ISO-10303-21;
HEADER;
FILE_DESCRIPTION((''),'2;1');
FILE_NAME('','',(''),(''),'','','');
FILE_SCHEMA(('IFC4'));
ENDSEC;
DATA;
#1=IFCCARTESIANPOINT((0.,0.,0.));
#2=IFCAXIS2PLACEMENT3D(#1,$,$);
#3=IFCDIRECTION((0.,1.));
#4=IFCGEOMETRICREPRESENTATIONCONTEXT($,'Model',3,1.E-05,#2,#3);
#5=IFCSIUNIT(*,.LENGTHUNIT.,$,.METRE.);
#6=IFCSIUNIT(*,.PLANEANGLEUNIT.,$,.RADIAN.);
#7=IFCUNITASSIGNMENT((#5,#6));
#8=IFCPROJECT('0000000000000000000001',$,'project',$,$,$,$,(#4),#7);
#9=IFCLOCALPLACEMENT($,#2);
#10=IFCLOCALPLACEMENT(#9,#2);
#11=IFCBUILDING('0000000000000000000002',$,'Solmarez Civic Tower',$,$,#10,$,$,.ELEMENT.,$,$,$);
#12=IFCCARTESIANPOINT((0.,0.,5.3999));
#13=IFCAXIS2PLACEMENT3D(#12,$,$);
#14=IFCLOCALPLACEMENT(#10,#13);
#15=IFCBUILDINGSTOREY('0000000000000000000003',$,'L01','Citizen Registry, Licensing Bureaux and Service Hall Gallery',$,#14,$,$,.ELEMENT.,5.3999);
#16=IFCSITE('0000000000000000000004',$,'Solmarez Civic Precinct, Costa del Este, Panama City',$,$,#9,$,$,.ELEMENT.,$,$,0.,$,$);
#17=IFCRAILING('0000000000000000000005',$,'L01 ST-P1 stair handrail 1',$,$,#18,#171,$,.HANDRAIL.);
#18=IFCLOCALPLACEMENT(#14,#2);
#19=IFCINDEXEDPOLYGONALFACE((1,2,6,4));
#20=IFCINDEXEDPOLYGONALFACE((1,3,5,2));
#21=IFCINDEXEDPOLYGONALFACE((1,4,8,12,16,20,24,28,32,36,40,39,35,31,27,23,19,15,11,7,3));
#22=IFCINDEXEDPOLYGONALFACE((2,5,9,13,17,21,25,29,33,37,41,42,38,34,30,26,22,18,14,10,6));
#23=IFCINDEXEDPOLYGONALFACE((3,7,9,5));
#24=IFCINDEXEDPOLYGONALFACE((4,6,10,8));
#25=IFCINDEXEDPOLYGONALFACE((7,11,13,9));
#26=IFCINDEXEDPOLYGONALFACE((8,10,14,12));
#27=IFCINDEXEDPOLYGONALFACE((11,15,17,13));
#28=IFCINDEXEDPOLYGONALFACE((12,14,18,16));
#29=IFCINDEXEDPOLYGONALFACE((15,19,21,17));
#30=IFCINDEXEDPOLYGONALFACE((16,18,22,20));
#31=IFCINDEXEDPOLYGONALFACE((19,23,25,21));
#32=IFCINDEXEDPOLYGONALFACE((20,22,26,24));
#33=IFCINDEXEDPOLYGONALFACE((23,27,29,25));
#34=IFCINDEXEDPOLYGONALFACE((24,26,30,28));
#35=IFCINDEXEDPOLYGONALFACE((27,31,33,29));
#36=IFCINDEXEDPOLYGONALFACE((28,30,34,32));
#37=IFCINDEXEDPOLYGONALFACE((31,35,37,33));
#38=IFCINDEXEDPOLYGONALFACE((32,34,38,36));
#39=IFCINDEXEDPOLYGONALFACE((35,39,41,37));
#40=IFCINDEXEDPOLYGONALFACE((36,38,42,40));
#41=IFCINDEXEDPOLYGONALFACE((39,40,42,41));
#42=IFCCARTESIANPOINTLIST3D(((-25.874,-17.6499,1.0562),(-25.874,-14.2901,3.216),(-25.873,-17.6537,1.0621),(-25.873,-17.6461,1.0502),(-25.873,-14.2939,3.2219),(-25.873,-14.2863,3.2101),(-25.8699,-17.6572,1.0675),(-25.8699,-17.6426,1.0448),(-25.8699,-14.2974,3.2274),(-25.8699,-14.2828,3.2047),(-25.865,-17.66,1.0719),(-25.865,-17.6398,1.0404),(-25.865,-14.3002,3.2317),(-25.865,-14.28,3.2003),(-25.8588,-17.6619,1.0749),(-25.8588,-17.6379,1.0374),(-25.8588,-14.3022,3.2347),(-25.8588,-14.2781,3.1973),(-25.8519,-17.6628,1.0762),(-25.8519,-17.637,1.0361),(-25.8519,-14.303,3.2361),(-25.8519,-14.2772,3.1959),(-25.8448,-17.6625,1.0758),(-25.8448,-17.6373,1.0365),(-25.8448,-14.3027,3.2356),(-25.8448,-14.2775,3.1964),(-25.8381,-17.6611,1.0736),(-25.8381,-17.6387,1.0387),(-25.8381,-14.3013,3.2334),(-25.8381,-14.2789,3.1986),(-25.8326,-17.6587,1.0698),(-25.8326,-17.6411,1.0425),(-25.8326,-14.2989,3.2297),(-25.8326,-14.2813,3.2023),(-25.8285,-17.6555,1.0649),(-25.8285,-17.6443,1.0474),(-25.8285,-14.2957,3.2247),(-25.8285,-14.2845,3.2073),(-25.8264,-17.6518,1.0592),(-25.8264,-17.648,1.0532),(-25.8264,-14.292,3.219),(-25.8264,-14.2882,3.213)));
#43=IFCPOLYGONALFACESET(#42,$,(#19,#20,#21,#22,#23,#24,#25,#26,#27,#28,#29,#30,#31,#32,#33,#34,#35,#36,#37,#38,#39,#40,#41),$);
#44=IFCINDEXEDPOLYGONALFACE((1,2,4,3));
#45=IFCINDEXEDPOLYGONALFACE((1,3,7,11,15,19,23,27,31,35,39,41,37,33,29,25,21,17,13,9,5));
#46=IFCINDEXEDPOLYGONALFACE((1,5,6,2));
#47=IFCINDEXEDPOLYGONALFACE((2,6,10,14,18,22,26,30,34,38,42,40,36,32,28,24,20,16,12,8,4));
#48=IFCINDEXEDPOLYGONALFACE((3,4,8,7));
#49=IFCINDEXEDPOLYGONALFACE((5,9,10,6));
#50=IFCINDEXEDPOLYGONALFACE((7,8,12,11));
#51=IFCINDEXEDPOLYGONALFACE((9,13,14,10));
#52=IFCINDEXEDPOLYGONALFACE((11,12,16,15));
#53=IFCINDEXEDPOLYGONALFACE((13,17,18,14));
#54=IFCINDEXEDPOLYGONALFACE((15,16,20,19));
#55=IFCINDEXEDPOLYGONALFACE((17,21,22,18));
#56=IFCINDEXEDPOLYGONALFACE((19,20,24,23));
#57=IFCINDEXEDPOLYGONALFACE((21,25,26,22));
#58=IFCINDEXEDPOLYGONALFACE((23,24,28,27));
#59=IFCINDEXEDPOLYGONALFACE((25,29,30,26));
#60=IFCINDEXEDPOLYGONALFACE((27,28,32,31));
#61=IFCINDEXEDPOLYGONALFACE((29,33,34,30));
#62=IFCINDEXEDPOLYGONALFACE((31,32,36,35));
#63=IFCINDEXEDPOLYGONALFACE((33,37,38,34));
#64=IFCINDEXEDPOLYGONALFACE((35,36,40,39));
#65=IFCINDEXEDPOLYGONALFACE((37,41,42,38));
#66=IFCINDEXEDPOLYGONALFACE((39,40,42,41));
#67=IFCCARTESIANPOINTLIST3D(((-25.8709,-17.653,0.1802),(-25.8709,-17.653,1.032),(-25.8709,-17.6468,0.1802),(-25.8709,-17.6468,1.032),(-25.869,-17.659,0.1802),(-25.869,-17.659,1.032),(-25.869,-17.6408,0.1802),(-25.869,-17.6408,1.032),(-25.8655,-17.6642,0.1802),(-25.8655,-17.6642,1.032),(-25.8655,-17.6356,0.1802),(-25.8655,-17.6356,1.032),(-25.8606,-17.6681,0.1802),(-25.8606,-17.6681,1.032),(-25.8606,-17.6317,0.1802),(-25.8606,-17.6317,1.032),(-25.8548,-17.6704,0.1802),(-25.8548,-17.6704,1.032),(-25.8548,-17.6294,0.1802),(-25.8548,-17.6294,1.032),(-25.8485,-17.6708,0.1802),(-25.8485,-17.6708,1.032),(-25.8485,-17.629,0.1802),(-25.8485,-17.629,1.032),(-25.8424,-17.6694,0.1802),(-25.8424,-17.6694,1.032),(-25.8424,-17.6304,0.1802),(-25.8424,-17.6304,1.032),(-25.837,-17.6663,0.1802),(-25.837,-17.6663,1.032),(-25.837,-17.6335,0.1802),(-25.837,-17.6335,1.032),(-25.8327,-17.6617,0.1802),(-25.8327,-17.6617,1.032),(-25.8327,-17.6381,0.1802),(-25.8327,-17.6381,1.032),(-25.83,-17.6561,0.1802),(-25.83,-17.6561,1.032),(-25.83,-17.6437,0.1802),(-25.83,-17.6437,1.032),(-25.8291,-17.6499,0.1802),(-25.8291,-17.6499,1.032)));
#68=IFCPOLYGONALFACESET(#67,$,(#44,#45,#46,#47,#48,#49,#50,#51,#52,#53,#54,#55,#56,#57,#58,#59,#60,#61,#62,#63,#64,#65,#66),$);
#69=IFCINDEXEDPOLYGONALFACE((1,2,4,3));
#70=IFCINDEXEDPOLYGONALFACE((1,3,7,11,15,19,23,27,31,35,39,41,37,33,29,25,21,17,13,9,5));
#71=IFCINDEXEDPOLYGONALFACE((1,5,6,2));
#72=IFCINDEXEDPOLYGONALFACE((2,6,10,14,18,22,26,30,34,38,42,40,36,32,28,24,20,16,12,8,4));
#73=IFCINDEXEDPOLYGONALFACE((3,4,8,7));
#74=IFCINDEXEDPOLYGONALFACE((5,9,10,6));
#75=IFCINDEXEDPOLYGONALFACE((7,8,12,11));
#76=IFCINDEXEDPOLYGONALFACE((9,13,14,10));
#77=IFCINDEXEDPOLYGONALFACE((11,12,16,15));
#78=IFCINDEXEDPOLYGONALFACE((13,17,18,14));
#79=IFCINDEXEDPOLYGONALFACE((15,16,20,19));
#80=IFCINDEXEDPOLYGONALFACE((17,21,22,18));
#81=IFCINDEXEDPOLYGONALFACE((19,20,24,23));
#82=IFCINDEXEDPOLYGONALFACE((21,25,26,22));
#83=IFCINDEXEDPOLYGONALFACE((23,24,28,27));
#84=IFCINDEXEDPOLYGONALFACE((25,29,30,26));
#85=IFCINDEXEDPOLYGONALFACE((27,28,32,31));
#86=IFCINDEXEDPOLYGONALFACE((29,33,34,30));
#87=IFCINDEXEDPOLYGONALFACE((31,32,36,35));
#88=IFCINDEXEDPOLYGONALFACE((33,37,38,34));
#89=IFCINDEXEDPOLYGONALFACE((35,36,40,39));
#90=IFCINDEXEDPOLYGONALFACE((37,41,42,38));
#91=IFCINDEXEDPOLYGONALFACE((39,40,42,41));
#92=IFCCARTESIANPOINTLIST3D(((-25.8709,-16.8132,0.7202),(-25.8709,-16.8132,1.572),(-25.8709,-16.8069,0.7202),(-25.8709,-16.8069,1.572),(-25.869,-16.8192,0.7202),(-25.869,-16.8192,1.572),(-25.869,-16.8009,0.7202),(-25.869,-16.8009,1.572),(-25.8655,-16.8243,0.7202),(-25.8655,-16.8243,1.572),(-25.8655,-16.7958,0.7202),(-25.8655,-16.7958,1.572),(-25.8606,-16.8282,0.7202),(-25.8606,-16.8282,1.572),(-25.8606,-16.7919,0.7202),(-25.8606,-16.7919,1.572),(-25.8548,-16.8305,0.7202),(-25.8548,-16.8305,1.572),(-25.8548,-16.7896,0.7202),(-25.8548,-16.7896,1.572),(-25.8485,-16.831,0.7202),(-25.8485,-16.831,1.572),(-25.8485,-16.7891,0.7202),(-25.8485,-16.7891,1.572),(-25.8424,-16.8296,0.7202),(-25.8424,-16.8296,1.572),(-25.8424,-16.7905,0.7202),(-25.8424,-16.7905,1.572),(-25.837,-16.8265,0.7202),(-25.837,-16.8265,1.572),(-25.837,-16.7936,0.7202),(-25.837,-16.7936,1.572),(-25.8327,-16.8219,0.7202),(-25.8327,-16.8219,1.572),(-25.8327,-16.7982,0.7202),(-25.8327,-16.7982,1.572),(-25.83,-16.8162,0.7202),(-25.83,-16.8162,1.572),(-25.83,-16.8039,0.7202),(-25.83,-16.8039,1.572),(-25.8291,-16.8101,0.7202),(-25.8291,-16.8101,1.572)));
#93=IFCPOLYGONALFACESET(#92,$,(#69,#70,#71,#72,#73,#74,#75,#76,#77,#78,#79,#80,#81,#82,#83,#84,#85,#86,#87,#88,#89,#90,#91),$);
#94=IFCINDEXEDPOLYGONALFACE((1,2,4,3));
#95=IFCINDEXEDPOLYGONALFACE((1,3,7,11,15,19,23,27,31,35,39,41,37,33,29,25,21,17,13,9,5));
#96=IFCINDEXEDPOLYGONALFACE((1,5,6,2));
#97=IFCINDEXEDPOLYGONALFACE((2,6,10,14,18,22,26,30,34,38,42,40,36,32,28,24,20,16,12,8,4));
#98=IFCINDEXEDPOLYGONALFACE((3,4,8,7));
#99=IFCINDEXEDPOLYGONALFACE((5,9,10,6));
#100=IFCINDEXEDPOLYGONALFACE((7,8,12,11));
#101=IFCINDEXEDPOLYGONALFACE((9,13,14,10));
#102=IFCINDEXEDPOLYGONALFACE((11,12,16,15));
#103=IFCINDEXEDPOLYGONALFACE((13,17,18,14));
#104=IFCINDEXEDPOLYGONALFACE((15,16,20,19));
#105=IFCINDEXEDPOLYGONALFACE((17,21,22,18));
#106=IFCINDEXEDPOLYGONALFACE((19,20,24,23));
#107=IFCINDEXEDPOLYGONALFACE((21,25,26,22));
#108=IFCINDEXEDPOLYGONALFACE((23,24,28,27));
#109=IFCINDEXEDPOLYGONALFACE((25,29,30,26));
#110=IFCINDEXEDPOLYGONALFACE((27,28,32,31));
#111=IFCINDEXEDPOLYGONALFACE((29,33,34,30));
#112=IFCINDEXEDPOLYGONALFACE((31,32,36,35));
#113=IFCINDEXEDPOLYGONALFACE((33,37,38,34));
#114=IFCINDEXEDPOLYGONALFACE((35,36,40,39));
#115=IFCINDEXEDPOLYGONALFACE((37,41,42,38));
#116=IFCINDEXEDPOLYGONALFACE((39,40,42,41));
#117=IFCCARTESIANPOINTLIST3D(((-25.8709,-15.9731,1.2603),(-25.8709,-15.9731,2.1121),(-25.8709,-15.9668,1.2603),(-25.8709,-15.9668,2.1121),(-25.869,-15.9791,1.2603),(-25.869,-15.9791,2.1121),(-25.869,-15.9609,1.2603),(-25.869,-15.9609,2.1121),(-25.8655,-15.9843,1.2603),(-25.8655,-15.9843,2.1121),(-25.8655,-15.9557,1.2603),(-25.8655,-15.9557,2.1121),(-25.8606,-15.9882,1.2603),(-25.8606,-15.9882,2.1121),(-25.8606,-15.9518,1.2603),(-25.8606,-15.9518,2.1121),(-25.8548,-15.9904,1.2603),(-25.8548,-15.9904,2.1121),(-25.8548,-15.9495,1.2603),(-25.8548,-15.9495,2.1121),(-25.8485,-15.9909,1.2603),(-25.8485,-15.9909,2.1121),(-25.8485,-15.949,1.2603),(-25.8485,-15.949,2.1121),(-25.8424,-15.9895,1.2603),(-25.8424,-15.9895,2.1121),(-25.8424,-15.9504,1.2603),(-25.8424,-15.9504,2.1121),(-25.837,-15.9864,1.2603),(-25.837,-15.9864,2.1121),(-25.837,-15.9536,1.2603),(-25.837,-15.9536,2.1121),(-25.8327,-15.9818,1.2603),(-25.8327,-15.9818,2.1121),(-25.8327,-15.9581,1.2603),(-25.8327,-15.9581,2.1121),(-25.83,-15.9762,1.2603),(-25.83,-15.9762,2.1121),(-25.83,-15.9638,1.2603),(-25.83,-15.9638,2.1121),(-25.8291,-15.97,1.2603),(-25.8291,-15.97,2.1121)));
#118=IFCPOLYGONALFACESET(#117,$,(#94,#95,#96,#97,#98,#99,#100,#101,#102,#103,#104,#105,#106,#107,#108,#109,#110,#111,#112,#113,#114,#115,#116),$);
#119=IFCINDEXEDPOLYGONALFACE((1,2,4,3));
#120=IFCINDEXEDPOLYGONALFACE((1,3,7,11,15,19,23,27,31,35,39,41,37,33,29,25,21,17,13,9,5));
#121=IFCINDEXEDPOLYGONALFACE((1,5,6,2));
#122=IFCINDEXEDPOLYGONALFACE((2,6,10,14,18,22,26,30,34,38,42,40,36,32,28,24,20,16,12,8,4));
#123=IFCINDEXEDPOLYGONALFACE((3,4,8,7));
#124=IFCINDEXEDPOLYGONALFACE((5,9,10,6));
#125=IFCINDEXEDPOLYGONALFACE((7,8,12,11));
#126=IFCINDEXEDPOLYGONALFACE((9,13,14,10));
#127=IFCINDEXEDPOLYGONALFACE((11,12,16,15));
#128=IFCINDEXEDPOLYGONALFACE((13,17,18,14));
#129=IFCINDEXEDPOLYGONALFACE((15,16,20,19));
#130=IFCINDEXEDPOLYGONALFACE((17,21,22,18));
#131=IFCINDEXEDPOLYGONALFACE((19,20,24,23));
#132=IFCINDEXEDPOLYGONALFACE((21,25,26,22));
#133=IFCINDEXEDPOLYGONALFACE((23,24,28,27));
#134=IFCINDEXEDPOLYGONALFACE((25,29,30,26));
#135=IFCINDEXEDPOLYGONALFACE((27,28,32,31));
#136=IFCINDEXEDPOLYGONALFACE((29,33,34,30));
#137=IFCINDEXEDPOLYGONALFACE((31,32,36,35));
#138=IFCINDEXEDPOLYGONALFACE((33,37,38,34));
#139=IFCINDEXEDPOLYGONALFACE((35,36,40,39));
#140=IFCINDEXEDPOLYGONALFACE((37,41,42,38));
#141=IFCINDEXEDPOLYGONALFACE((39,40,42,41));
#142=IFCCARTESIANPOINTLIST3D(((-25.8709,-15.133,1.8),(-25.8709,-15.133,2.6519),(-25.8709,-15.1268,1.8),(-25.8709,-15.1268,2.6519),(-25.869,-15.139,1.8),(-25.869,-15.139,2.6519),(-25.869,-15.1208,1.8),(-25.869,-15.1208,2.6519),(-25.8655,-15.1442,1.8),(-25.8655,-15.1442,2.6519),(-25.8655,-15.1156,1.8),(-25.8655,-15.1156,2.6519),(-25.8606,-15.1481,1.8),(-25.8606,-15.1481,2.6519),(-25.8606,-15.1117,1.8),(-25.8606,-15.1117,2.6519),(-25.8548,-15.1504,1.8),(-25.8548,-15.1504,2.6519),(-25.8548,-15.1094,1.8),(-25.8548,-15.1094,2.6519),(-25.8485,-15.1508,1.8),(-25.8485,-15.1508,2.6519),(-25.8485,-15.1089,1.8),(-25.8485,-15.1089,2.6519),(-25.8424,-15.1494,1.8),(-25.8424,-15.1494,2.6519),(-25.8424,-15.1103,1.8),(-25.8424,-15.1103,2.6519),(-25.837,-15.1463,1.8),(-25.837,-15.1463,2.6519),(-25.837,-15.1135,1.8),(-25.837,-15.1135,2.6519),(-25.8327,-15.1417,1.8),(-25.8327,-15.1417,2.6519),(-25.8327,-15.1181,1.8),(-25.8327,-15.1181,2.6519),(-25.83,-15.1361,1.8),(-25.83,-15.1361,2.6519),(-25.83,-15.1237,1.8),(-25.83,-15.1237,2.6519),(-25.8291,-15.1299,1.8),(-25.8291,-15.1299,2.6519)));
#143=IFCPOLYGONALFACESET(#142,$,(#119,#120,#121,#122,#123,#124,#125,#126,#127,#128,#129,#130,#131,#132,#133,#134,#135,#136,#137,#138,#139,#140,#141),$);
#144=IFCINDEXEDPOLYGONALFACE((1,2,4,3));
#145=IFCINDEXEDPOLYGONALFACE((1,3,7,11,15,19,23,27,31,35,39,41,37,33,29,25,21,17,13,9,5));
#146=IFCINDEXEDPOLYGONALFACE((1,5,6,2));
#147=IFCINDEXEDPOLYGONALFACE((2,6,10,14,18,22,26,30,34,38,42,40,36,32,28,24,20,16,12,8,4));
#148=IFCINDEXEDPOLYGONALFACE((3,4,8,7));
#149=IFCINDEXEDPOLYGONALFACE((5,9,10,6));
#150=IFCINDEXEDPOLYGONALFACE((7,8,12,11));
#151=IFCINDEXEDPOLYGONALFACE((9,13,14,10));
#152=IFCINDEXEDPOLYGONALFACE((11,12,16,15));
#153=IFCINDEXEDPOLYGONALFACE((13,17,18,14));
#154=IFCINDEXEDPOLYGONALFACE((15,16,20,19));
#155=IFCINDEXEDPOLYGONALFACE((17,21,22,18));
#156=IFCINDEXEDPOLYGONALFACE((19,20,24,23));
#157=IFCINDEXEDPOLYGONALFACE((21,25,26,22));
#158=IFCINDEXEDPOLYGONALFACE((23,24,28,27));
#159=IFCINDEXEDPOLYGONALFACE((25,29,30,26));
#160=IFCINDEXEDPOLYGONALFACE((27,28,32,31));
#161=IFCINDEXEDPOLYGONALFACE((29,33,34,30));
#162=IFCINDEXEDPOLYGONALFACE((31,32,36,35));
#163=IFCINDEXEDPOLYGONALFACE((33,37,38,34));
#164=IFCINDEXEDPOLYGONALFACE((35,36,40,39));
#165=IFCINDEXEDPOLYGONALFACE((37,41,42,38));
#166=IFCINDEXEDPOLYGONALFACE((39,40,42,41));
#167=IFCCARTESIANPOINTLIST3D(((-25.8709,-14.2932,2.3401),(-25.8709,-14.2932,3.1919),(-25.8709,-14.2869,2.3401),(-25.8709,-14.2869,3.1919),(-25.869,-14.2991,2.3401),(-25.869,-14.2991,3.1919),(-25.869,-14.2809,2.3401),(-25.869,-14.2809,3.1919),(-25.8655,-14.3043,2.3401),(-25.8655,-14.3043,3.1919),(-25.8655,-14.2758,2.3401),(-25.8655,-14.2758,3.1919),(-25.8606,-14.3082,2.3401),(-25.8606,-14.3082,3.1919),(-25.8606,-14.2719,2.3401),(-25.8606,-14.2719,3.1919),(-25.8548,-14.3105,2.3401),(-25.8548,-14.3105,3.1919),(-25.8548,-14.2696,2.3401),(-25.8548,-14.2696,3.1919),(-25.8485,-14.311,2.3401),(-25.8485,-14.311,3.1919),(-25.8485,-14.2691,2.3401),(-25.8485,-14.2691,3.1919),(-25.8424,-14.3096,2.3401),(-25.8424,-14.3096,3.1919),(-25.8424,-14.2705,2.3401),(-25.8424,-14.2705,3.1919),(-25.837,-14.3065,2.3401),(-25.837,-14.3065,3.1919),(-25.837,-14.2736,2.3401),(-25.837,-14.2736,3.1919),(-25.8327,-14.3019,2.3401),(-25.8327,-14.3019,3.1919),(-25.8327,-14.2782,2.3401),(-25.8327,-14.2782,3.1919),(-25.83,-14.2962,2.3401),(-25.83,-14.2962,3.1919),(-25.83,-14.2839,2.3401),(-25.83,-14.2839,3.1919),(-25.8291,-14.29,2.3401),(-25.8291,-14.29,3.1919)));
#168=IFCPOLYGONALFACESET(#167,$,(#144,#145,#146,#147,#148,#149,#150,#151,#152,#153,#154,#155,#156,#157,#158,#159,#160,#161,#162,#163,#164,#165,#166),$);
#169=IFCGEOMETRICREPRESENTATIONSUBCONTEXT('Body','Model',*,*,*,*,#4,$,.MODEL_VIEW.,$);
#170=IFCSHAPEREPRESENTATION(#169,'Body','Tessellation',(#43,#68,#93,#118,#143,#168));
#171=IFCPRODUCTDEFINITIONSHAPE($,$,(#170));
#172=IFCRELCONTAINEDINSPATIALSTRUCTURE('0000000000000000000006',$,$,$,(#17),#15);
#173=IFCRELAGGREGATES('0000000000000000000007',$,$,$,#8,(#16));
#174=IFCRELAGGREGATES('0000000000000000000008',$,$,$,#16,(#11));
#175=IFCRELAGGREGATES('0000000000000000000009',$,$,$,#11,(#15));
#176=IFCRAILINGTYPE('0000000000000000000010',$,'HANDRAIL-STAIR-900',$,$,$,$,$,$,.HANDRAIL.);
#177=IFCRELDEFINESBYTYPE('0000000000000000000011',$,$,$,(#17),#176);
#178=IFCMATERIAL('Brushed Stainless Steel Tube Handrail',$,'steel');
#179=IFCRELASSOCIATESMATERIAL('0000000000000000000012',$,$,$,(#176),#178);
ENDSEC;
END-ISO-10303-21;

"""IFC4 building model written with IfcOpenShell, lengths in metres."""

from ifc_helpers import new_model, si_unit, direction, frame, origin, origin_2d, place, context, subcontext, project, spatial, circle, extrude, material, type_object, element, save


model = new_model("IFC4")

# Units and contexts
model_context = context("Model", 3, precision=1e-05, world=origin(), true_north=direction((0.0, 1.0)))
body_context = subcontext(model_context, "Body", "Model", "MODEL_VIEW")
ifc_project = project(units=[si_unit("LENGTHUNIT", "METRE"), si_unit("PLANEANGLEUNIT", "RADIAN")], contexts=[model_context])

# Site, building, storey
site_placement = place(None, origin())
site = spatial("IfcSite", under=ifc_project, at=site_placement, Name="Solmarez Civic Precinct, Costa del Este, Panama City", CompositionType="ELEMENT", RefElevation=0.0)
building_placement = place(site_placement, origin())
building = spatial("IfcBuilding", under=site, at=building_placement, Name="Solmarez Civic Tower", CompositionType="ELEMENT")
storey_placement = place(building_placement, frame((0.0, 0.0, 5.3999)))
storey = spatial("IfcBuildingStorey", under=building, at=storey_placement, Name="L01", Description="Citizen Registry, Licensing Bureaux and Service Hall Gallery", CompositionType="ELEMENT", Elevation=5.3999)

# Railing
ifc_material_1 = material(Name="Brushed Stainless Steel Tube Handrail", Category="steel")
railing_type_1 = type_object("IfcRailingType", Name="HANDRAIL-STAIR-900", PredefinedType="HANDRAIL", material=ifc_material_1)
railing_1_placement = place(storey_placement, frame((-25.8501, -17.6499, 0.1802)))
element("IfcRailing", 1, at=railing_1_placement, inside=storey, type_object=railing_type_1, Name="L01 ST-P1 stair handrail 1", PredefinedType="HANDRAIL", context=body_context, shape_type="SweptSolid", body=[
    extrude(circle(Radius=0.0239, at=origin_2d()), frame((0.0, 0.0, 0.876), z_axis=(0.0, 0.841178, 0.540758), x_axis=(-1.0, 0.0, 0.0)), (0.0, 0.0, 1.0), 3.9941),
    extrude(circle(Radius=0.021, at=origin_2d()), origin(), (0.0, 0.0, 1.0), 0.8518),
    extrude(circle(Radius=0.021, at=origin_2d()), frame((0.0, 0.8398, 0.54)), (0.0, 0.0, 1.0), 0.8518),
    extrude(circle(Radius=0.021, at=origin_2d()), frame((0.0, 1.6799, 1.0801)), (0.0, 0.0, 1.0), 0.8518),
    extrude(circle(Radius=0.021, at=origin_2d()), frame((0.0, 2.52, 1.6199)), (0.0, 0.0, 1.0), 0.8518),
    extrude(circle(Radius=0.021, at=origin_2d()), frame((0.0, 3.3599, 2.1599)), (0.0, 0.0, 1.0), 0.8518),
])

save(model, "model.ifc")
